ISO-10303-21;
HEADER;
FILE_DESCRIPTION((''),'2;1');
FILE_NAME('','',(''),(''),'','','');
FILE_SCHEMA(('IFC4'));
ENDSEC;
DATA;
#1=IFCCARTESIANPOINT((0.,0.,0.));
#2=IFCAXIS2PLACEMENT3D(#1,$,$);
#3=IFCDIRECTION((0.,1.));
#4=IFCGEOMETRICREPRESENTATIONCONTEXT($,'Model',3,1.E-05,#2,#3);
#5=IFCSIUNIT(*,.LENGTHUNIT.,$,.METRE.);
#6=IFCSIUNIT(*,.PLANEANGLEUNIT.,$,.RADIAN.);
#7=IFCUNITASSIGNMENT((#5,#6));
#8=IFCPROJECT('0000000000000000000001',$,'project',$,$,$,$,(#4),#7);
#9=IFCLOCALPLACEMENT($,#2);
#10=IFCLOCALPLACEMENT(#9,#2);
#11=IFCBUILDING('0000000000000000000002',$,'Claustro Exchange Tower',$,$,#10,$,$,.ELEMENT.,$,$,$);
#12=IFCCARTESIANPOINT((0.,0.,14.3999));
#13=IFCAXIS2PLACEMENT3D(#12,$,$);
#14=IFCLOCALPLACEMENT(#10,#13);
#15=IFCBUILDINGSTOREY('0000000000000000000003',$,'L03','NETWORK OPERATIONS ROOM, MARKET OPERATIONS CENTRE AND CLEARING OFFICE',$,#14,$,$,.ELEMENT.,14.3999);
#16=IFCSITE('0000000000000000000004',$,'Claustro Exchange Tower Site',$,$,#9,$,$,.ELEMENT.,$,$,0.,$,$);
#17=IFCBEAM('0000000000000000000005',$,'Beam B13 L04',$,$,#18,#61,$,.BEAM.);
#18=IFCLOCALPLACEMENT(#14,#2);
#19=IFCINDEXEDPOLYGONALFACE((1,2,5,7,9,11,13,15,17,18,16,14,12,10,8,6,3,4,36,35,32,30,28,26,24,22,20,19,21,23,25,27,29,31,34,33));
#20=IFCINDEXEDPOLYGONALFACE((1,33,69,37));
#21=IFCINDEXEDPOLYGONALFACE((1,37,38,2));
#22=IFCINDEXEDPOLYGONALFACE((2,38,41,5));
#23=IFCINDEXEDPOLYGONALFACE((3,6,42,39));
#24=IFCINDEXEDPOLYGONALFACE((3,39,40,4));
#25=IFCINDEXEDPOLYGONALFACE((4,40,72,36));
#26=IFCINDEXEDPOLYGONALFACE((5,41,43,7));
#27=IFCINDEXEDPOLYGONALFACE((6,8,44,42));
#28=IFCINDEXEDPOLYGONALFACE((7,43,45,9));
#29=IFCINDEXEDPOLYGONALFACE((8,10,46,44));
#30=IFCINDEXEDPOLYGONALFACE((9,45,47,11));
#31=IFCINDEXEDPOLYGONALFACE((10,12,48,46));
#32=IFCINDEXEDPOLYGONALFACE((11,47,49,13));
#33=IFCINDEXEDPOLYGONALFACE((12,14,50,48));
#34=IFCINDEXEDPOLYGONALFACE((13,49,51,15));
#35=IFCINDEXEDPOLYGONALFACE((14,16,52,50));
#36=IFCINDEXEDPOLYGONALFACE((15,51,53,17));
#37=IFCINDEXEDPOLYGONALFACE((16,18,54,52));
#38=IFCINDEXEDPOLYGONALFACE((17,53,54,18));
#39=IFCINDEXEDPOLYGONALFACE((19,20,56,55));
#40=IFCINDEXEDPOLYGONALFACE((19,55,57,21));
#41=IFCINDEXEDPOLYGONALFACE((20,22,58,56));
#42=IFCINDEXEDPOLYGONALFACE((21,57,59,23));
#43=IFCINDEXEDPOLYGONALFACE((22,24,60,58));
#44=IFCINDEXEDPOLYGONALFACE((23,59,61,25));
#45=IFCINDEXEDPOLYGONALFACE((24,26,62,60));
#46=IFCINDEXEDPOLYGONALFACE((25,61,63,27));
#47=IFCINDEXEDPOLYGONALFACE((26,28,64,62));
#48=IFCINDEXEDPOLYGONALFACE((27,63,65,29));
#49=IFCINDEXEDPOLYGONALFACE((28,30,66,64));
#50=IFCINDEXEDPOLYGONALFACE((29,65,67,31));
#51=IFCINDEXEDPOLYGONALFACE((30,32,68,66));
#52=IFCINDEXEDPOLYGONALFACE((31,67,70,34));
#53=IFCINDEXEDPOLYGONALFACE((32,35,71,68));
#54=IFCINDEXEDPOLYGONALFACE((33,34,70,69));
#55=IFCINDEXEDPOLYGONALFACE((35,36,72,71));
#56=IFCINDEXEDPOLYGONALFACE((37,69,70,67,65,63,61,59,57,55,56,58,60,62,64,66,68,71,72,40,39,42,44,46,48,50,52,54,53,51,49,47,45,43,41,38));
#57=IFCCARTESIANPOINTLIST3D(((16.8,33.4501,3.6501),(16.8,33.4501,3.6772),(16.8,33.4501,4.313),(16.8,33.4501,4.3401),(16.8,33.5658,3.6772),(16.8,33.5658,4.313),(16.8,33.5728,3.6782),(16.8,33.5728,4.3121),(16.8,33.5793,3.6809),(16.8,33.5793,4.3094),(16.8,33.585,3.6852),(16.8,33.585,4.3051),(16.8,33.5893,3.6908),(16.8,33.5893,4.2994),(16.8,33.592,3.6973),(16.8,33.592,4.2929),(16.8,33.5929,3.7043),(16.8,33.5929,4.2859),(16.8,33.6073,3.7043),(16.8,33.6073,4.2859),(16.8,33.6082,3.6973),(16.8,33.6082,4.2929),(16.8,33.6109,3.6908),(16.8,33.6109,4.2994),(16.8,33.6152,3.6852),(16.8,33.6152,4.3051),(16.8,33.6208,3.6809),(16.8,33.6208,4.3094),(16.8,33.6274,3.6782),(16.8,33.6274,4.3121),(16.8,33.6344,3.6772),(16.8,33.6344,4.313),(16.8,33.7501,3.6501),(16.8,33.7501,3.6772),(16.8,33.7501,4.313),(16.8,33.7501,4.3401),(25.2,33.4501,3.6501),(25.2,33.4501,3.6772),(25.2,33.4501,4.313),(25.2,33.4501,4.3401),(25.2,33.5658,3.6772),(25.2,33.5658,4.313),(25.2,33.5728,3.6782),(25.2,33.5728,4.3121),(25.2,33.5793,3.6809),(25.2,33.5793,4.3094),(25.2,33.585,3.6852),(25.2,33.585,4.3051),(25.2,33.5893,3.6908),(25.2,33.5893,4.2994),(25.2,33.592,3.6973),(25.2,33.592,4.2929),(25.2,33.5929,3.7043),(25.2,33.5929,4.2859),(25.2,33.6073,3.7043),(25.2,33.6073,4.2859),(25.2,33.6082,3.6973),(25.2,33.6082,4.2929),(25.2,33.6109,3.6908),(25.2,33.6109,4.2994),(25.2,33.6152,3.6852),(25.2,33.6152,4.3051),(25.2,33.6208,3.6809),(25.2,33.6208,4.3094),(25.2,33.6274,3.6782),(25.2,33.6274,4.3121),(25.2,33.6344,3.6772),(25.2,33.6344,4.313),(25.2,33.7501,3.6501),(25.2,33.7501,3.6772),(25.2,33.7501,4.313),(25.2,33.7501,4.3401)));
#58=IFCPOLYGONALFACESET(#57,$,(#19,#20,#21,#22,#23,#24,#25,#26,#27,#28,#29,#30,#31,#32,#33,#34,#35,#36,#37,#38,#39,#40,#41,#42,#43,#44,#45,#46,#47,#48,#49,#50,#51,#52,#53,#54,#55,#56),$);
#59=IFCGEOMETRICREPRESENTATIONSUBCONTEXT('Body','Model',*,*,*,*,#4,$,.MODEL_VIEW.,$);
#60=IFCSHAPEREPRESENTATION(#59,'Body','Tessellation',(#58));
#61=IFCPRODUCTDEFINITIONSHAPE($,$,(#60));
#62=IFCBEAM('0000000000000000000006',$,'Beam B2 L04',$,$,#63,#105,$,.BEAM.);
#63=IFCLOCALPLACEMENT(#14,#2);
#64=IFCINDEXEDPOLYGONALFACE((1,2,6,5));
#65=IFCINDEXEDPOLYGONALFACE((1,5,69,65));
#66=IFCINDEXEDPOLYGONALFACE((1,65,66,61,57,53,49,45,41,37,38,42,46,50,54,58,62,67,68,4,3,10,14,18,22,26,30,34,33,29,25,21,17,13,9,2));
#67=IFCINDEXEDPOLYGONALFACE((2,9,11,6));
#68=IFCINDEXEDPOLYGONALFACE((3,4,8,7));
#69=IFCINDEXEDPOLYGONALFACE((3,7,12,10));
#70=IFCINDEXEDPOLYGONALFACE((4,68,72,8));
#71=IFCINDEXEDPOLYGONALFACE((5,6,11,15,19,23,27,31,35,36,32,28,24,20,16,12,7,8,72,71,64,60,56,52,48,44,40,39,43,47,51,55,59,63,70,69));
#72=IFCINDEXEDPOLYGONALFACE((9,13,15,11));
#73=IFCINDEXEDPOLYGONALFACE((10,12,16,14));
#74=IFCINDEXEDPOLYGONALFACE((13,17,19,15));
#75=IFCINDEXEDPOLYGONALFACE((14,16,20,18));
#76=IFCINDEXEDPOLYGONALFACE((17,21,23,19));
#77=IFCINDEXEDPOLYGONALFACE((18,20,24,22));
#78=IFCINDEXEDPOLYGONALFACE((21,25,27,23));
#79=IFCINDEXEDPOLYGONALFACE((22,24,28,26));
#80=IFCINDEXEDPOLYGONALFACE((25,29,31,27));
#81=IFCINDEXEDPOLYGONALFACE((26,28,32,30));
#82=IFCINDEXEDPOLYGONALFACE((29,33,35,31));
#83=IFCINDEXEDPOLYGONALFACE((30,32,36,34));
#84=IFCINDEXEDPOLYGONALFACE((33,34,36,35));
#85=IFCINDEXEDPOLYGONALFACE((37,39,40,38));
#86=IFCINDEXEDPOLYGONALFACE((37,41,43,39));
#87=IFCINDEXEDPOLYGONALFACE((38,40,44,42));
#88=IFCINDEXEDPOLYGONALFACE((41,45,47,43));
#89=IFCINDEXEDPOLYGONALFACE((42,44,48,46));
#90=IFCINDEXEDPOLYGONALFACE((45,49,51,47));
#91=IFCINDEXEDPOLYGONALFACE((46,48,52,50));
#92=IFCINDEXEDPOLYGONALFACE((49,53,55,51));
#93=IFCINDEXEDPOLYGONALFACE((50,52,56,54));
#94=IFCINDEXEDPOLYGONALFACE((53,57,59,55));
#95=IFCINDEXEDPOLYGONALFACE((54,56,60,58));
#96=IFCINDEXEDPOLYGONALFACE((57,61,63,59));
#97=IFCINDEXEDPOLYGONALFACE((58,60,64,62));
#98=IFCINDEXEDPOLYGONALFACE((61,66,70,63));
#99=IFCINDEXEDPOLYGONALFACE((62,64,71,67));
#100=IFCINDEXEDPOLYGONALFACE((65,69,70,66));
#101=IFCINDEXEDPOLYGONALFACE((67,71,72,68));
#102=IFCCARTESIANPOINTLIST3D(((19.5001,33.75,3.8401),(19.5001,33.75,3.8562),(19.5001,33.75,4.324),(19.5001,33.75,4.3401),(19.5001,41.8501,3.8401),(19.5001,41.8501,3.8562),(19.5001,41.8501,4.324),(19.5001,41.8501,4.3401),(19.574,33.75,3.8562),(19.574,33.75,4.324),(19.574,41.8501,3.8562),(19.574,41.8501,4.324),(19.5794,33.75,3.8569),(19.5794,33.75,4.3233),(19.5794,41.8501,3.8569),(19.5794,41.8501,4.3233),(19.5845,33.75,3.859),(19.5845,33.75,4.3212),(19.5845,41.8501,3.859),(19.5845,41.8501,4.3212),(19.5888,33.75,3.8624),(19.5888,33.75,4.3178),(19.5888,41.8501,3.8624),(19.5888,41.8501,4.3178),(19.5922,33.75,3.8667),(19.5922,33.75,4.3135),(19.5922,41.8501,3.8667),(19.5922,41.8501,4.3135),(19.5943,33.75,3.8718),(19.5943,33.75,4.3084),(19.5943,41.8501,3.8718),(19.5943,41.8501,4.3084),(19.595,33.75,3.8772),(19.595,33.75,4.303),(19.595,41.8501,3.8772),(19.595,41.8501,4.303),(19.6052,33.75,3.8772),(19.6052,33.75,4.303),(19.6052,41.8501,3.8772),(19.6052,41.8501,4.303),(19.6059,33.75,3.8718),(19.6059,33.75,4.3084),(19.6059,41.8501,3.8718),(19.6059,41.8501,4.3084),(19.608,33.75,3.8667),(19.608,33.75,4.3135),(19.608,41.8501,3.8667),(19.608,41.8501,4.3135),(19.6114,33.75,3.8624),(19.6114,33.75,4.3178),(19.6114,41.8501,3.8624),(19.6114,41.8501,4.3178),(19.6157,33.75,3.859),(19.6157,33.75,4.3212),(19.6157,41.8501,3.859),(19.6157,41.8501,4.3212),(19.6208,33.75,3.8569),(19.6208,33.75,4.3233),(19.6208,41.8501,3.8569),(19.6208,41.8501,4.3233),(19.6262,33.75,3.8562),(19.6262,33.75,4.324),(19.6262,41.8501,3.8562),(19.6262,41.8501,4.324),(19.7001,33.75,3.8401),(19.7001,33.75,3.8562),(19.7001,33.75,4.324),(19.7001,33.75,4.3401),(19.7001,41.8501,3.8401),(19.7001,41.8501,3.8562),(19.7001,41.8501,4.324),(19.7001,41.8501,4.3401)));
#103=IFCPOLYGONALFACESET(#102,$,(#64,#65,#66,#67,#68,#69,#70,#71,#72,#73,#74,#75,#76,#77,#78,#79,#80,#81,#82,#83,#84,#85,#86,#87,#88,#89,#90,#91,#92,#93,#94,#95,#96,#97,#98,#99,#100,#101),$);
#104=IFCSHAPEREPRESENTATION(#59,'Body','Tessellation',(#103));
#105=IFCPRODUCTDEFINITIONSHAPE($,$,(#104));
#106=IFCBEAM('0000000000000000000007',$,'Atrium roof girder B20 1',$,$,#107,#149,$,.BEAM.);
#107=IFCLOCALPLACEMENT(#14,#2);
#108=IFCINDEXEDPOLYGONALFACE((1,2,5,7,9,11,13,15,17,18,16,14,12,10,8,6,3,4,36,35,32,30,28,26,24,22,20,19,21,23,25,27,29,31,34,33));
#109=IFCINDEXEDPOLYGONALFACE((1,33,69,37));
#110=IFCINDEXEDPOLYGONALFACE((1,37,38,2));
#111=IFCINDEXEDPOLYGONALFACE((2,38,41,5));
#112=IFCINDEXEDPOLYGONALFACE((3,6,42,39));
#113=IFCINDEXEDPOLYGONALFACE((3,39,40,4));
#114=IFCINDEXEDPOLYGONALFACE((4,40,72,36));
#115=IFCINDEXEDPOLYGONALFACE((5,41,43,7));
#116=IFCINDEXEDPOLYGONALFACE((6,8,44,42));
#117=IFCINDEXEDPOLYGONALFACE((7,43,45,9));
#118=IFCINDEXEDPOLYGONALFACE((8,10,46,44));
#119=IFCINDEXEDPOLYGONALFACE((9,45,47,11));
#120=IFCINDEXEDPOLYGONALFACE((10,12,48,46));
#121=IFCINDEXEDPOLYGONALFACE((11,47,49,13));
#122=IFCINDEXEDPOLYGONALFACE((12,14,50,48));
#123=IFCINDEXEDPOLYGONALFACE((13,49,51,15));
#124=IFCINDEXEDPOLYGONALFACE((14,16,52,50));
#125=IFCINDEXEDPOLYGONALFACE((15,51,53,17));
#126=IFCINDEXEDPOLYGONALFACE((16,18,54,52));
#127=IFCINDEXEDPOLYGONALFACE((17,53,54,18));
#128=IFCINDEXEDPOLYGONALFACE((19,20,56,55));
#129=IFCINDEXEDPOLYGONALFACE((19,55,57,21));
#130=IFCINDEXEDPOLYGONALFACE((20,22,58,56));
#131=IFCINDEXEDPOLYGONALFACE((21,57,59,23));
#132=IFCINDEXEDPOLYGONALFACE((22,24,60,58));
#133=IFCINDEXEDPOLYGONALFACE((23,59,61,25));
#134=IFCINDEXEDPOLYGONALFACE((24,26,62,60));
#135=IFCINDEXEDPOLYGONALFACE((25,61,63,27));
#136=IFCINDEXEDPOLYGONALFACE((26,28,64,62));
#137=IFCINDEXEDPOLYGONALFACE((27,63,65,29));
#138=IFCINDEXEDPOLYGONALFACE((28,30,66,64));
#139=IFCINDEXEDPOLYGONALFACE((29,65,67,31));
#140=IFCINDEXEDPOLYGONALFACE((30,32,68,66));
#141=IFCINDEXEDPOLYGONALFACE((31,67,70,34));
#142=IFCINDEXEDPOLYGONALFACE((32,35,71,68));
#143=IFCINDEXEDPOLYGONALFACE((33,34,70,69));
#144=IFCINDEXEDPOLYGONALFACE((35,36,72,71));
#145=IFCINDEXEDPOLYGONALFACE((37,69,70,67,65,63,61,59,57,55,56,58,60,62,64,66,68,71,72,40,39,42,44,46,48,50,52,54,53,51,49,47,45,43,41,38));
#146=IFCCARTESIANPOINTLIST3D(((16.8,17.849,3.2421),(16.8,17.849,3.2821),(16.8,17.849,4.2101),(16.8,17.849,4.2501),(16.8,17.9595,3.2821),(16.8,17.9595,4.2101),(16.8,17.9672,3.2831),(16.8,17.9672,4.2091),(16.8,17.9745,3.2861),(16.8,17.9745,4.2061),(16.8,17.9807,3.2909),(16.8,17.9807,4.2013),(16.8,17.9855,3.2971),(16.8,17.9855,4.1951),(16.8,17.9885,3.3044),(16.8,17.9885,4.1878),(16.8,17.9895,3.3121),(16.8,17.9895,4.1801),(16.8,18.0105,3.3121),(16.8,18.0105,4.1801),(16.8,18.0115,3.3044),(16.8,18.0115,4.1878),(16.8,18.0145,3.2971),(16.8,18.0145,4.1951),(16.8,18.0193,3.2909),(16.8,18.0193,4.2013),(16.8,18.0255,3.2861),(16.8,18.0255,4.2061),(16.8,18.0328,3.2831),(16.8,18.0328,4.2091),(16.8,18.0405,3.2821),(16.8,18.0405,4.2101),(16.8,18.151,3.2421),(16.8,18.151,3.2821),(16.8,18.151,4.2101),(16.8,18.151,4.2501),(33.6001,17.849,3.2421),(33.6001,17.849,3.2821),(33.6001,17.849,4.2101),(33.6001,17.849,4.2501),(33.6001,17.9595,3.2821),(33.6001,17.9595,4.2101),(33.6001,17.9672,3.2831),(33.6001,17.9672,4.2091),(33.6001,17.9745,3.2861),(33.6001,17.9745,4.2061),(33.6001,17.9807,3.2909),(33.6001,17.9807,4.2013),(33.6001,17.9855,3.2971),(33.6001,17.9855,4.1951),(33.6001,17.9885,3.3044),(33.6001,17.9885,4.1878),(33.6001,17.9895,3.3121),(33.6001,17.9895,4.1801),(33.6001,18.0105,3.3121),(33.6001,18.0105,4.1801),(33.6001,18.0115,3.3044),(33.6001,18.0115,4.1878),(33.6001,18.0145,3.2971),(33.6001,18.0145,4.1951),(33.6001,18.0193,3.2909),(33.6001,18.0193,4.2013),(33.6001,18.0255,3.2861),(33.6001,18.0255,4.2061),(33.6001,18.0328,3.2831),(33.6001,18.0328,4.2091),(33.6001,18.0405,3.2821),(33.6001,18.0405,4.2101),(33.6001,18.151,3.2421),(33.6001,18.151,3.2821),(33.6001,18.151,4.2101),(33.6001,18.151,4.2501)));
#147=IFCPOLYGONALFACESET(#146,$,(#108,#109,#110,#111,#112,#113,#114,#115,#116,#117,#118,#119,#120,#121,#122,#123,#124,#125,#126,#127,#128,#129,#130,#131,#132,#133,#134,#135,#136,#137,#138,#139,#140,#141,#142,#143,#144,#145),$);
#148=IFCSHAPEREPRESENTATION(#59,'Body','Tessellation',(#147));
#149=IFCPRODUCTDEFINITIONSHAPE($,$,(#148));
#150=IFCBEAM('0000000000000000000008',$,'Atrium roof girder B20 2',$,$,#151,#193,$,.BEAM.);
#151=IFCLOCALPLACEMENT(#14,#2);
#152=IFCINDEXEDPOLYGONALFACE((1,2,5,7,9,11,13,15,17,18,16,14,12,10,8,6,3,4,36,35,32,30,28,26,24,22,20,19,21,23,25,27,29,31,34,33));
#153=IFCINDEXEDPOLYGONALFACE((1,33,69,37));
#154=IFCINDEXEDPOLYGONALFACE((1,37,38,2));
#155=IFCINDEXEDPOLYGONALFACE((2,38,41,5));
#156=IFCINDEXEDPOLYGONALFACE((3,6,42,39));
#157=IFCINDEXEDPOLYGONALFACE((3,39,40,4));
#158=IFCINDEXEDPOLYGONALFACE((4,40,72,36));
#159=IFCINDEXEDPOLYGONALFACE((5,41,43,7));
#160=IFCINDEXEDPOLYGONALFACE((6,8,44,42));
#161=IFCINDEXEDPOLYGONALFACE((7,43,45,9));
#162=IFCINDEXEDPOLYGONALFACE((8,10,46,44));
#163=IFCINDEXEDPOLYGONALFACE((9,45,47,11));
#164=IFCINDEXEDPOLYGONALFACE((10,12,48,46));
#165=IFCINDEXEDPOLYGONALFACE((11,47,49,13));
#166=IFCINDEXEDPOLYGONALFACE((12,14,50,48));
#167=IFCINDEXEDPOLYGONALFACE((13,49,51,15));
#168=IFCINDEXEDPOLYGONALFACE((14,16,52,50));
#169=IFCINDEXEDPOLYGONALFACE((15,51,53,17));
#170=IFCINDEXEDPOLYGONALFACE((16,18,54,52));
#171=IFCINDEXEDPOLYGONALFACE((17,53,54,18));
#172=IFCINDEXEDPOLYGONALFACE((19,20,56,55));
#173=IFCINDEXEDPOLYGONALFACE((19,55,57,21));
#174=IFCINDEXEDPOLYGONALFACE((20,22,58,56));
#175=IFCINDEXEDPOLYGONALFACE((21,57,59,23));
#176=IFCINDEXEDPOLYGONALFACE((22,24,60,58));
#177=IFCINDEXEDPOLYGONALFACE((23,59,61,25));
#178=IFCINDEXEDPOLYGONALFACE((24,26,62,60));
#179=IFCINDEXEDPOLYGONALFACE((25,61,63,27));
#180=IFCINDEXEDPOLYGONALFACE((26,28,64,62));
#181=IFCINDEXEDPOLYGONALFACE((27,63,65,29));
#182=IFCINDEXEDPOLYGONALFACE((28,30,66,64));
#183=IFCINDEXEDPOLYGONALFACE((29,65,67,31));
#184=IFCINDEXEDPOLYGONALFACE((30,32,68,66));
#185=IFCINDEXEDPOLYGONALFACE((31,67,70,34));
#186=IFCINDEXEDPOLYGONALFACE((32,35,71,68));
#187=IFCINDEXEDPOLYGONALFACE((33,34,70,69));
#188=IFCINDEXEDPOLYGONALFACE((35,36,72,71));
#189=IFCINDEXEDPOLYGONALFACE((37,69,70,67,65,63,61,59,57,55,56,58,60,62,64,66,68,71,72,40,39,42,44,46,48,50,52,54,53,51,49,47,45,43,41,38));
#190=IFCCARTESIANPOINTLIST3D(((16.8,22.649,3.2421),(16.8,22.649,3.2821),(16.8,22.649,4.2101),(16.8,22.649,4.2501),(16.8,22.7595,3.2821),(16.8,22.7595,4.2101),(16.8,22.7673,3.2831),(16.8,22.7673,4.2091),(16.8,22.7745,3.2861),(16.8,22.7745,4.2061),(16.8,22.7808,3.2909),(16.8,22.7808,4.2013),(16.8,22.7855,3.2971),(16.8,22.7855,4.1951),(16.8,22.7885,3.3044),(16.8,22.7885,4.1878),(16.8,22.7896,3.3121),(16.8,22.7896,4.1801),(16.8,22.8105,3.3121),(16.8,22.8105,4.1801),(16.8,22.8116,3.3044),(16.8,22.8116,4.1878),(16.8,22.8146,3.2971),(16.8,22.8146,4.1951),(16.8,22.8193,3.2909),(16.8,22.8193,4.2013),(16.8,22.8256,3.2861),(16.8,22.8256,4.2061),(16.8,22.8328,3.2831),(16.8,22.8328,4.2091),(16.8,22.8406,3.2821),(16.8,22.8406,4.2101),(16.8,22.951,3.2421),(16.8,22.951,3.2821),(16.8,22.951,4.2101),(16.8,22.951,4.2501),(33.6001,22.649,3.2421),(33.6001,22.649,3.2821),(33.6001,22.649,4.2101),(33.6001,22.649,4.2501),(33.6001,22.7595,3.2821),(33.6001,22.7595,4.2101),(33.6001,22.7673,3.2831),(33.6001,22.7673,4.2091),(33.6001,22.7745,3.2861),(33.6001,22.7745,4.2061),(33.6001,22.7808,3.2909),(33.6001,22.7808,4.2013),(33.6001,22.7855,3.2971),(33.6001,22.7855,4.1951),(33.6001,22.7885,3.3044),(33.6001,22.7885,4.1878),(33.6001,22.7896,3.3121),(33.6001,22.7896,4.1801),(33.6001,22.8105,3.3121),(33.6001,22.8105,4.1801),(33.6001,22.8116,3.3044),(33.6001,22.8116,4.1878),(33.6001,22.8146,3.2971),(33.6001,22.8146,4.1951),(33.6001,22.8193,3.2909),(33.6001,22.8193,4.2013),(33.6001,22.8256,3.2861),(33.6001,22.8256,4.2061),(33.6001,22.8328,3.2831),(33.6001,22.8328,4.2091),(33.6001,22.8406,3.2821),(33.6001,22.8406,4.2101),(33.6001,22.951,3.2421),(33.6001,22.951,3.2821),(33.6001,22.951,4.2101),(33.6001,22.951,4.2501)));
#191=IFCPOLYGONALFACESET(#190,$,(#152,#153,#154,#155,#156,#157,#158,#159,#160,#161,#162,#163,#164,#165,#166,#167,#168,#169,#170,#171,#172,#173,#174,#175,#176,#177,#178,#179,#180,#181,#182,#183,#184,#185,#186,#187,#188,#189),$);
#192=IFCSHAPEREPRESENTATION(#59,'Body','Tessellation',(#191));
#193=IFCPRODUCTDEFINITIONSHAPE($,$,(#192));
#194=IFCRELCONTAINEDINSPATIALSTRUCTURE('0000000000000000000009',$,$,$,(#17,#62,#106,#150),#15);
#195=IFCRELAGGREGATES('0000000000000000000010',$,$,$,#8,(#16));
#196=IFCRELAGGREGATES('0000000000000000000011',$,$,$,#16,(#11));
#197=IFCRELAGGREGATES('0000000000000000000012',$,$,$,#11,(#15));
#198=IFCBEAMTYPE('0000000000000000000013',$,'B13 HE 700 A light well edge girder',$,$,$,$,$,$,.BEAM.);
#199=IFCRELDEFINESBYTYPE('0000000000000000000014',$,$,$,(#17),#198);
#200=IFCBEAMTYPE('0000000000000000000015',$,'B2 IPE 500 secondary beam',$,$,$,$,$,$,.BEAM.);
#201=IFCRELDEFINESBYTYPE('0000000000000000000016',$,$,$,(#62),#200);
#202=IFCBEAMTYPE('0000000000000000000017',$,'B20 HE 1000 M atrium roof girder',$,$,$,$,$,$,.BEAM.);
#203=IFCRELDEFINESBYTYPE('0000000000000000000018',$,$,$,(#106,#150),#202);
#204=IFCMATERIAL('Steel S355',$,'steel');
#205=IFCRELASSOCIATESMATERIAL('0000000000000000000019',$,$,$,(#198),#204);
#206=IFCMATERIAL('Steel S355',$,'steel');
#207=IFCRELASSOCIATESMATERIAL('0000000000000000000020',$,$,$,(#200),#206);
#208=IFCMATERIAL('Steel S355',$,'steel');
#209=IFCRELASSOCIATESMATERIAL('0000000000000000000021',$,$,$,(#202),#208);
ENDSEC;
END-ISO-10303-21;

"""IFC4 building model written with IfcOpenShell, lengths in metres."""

from ifc_helpers import new_model, si_unit, direction, frame, origin, origin_2d, place, context, subcontext, project, spatial, i_section, extrude, material, material_profile, profile_set, type_object, element, save


model = new_model("IFC4")

# Units and contexts
model_context = context("Model", 3, precision=1e-05, world=origin(), true_north=direction((0.0, 1.0)))
body_context = subcontext(model_context, "Body", "Model", "MODEL_VIEW")
ifc_project = project(units=[si_unit("LENGTHUNIT", "METRE"), si_unit("PLANEANGLEUNIT", "RADIAN")], contexts=[model_context])

# Site, building, storey
site_placement = place(None, origin())
site = spatial("IfcSite", under=ifc_project, at=site_placement, Name="Claustro Exchange Tower Site", CompositionType="ELEMENT", RefElevation=0.0)
building_placement = place(site_placement, origin())
building = spatial("IfcBuilding", under=site, at=building_placement, Name="Claustro Exchange Tower", CompositionType="ELEMENT")
storey_placement = place(building_placement, frame((0.0, 0.0, 14.3999)))
storey = spatial("IfcBuildingStorey", under=building, at=storey_placement, Name="L03", Description="NETWORK OPERATIONS ROOM, MARKET OPERATIONS CENTRE AND CLEARING OFFICE", CompositionType="ELEMENT", Elevation=14.3999)

# Beams
ifc_material_1 = material(Name="Steel S355", Category="steel")
ifc_material_profile_1 = material_profile(ifc_material_1, i_section(OverallWidth=0.3, OverallDepth=0.6899, WebThickness=0.0144, FlangeThickness=0.0271, FilletRadius=0.0271, at=origin_2d()), Name="HE 700 A")
ifc_profile_set_1 = profile_set([ifc_material_profile_1], Name="Steel S355")
beam_type_1 = type_object("IfcBeamType", Name="B13 HE 700 A light well edge girder", PredefinedType="BEAM", material=ifc_profile_set_1)
beam_1_placement = place(storey_placement, frame((16.8, 33.6001, 3.9951), z_axis=(1.0, 0.0, 0.0), x_axis=(0.0, 1.0, 0.0)))
element("IfcBeam", 1, at=beam_1_placement, inside=storey, type_object=beam_type_1, Name="Beam B13 L04", PredefinedType="BEAM", context=body_context, shape_type="SweptSolid", body=[
    extrude(i_section(OverallWidth=0.3, OverallDepth=0.6899, WebThickness=0.0144, FlangeThickness=0.0271, FilletRadius=0.0271, at=origin_2d()), origin(), (0.0, 0.0, 1.0), 8.3999),
])
ifc_material_2 = material(Name="Steel S355", Category="steel")
ifc_material_profile_2 = material_profile(ifc_material_2, i_section(OverallWidth=0.2, OverallDepth=0.5, WebThickness=0.0103, FlangeThickness=0.0161, FilletRadius=0.021, at=origin_2d()), Name="IPE 500")
ifc_profile_set_2 = profile_set([ifc_material_profile_2], Name="Steel S355")
beam_type_2 = type_object("IfcBeamType", Name="B2 IPE 500 secondary beam", PredefinedType="BEAM", material=ifc_profile_set_2)
beam_2_placement = place(storey_placement, frame((19.6001, 33.75, 4.0901), z_axis=(0.0, 1.0, 0.0), x_axis=(-1.0, 0.0, 0.0)))
element("IfcBeam", 2, at=beam_2_placement, inside=storey, type_object=beam_type_2, Name="Beam B2 L04", PredefinedType="BEAM", context=body_context, shape_type="SweptSolid", body=[
    extrude(i_section(OverallWidth=0.2, OverallDepth=0.5, WebThickness=0.0103, FlangeThickness=0.0161, FilletRadius=0.021, at=origin_2d()), origin(), (0.0, 0.0, 1.0), 8.1001),
])
ifc_material_3 = material(Name="Steel S355", Category="steel")
ifc_material_profile_3 = material_profile(ifc_material_3, i_section(OverallWidth=0.302, OverallDepth=1.0081, WebThickness=0.021, FlangeThickness=0.04, FilletRadius=0.03, at=origin_2d()), Name="HE 1000 M")
ifc_profile_set_3 = profile_set([ifc_material_profile_3], Name="Steel S355")
beam_type_3 = type_object("IfcBeamType", Name="B20 HE 1000 M atrium roof girder", PredefinedType="BEAM", material=ifc_profile_set_3)
for number, where, z_axis, x_axis, name in (
    (3, (16.8, 18.0, 3.7461), (1.0, 0.0, 0.0), (0.0, 1.0, 0.0), "Atrium roof girder B20 1"),
    (4, (16.8, 22.8, 3.7461), (1.0, 0.0, 0.0), (0.0, 1.0, 0.0), "Atrium roof girder B20 2"),
):
    element("IfcBeam", number, at=place(storey_placement, frame(where, z_axis=z_axis, x_axis=x_axis)), inside=storey, type_object=beam_type_3, Name=name, PredefinedType="BEAM", context=body_context, shape_type="SweptSolid", body=[
        extrude(i_section(OverallWidth=0.302, OverallDepth=1.0081, WebThickness=0.021, FlangeThickness=0.04, FilletRadius=0.03, at=origin_2d()), origin(), (0.0, 0.0, 1.0), 16.8),
    ])

save(model, "model.ifc")
